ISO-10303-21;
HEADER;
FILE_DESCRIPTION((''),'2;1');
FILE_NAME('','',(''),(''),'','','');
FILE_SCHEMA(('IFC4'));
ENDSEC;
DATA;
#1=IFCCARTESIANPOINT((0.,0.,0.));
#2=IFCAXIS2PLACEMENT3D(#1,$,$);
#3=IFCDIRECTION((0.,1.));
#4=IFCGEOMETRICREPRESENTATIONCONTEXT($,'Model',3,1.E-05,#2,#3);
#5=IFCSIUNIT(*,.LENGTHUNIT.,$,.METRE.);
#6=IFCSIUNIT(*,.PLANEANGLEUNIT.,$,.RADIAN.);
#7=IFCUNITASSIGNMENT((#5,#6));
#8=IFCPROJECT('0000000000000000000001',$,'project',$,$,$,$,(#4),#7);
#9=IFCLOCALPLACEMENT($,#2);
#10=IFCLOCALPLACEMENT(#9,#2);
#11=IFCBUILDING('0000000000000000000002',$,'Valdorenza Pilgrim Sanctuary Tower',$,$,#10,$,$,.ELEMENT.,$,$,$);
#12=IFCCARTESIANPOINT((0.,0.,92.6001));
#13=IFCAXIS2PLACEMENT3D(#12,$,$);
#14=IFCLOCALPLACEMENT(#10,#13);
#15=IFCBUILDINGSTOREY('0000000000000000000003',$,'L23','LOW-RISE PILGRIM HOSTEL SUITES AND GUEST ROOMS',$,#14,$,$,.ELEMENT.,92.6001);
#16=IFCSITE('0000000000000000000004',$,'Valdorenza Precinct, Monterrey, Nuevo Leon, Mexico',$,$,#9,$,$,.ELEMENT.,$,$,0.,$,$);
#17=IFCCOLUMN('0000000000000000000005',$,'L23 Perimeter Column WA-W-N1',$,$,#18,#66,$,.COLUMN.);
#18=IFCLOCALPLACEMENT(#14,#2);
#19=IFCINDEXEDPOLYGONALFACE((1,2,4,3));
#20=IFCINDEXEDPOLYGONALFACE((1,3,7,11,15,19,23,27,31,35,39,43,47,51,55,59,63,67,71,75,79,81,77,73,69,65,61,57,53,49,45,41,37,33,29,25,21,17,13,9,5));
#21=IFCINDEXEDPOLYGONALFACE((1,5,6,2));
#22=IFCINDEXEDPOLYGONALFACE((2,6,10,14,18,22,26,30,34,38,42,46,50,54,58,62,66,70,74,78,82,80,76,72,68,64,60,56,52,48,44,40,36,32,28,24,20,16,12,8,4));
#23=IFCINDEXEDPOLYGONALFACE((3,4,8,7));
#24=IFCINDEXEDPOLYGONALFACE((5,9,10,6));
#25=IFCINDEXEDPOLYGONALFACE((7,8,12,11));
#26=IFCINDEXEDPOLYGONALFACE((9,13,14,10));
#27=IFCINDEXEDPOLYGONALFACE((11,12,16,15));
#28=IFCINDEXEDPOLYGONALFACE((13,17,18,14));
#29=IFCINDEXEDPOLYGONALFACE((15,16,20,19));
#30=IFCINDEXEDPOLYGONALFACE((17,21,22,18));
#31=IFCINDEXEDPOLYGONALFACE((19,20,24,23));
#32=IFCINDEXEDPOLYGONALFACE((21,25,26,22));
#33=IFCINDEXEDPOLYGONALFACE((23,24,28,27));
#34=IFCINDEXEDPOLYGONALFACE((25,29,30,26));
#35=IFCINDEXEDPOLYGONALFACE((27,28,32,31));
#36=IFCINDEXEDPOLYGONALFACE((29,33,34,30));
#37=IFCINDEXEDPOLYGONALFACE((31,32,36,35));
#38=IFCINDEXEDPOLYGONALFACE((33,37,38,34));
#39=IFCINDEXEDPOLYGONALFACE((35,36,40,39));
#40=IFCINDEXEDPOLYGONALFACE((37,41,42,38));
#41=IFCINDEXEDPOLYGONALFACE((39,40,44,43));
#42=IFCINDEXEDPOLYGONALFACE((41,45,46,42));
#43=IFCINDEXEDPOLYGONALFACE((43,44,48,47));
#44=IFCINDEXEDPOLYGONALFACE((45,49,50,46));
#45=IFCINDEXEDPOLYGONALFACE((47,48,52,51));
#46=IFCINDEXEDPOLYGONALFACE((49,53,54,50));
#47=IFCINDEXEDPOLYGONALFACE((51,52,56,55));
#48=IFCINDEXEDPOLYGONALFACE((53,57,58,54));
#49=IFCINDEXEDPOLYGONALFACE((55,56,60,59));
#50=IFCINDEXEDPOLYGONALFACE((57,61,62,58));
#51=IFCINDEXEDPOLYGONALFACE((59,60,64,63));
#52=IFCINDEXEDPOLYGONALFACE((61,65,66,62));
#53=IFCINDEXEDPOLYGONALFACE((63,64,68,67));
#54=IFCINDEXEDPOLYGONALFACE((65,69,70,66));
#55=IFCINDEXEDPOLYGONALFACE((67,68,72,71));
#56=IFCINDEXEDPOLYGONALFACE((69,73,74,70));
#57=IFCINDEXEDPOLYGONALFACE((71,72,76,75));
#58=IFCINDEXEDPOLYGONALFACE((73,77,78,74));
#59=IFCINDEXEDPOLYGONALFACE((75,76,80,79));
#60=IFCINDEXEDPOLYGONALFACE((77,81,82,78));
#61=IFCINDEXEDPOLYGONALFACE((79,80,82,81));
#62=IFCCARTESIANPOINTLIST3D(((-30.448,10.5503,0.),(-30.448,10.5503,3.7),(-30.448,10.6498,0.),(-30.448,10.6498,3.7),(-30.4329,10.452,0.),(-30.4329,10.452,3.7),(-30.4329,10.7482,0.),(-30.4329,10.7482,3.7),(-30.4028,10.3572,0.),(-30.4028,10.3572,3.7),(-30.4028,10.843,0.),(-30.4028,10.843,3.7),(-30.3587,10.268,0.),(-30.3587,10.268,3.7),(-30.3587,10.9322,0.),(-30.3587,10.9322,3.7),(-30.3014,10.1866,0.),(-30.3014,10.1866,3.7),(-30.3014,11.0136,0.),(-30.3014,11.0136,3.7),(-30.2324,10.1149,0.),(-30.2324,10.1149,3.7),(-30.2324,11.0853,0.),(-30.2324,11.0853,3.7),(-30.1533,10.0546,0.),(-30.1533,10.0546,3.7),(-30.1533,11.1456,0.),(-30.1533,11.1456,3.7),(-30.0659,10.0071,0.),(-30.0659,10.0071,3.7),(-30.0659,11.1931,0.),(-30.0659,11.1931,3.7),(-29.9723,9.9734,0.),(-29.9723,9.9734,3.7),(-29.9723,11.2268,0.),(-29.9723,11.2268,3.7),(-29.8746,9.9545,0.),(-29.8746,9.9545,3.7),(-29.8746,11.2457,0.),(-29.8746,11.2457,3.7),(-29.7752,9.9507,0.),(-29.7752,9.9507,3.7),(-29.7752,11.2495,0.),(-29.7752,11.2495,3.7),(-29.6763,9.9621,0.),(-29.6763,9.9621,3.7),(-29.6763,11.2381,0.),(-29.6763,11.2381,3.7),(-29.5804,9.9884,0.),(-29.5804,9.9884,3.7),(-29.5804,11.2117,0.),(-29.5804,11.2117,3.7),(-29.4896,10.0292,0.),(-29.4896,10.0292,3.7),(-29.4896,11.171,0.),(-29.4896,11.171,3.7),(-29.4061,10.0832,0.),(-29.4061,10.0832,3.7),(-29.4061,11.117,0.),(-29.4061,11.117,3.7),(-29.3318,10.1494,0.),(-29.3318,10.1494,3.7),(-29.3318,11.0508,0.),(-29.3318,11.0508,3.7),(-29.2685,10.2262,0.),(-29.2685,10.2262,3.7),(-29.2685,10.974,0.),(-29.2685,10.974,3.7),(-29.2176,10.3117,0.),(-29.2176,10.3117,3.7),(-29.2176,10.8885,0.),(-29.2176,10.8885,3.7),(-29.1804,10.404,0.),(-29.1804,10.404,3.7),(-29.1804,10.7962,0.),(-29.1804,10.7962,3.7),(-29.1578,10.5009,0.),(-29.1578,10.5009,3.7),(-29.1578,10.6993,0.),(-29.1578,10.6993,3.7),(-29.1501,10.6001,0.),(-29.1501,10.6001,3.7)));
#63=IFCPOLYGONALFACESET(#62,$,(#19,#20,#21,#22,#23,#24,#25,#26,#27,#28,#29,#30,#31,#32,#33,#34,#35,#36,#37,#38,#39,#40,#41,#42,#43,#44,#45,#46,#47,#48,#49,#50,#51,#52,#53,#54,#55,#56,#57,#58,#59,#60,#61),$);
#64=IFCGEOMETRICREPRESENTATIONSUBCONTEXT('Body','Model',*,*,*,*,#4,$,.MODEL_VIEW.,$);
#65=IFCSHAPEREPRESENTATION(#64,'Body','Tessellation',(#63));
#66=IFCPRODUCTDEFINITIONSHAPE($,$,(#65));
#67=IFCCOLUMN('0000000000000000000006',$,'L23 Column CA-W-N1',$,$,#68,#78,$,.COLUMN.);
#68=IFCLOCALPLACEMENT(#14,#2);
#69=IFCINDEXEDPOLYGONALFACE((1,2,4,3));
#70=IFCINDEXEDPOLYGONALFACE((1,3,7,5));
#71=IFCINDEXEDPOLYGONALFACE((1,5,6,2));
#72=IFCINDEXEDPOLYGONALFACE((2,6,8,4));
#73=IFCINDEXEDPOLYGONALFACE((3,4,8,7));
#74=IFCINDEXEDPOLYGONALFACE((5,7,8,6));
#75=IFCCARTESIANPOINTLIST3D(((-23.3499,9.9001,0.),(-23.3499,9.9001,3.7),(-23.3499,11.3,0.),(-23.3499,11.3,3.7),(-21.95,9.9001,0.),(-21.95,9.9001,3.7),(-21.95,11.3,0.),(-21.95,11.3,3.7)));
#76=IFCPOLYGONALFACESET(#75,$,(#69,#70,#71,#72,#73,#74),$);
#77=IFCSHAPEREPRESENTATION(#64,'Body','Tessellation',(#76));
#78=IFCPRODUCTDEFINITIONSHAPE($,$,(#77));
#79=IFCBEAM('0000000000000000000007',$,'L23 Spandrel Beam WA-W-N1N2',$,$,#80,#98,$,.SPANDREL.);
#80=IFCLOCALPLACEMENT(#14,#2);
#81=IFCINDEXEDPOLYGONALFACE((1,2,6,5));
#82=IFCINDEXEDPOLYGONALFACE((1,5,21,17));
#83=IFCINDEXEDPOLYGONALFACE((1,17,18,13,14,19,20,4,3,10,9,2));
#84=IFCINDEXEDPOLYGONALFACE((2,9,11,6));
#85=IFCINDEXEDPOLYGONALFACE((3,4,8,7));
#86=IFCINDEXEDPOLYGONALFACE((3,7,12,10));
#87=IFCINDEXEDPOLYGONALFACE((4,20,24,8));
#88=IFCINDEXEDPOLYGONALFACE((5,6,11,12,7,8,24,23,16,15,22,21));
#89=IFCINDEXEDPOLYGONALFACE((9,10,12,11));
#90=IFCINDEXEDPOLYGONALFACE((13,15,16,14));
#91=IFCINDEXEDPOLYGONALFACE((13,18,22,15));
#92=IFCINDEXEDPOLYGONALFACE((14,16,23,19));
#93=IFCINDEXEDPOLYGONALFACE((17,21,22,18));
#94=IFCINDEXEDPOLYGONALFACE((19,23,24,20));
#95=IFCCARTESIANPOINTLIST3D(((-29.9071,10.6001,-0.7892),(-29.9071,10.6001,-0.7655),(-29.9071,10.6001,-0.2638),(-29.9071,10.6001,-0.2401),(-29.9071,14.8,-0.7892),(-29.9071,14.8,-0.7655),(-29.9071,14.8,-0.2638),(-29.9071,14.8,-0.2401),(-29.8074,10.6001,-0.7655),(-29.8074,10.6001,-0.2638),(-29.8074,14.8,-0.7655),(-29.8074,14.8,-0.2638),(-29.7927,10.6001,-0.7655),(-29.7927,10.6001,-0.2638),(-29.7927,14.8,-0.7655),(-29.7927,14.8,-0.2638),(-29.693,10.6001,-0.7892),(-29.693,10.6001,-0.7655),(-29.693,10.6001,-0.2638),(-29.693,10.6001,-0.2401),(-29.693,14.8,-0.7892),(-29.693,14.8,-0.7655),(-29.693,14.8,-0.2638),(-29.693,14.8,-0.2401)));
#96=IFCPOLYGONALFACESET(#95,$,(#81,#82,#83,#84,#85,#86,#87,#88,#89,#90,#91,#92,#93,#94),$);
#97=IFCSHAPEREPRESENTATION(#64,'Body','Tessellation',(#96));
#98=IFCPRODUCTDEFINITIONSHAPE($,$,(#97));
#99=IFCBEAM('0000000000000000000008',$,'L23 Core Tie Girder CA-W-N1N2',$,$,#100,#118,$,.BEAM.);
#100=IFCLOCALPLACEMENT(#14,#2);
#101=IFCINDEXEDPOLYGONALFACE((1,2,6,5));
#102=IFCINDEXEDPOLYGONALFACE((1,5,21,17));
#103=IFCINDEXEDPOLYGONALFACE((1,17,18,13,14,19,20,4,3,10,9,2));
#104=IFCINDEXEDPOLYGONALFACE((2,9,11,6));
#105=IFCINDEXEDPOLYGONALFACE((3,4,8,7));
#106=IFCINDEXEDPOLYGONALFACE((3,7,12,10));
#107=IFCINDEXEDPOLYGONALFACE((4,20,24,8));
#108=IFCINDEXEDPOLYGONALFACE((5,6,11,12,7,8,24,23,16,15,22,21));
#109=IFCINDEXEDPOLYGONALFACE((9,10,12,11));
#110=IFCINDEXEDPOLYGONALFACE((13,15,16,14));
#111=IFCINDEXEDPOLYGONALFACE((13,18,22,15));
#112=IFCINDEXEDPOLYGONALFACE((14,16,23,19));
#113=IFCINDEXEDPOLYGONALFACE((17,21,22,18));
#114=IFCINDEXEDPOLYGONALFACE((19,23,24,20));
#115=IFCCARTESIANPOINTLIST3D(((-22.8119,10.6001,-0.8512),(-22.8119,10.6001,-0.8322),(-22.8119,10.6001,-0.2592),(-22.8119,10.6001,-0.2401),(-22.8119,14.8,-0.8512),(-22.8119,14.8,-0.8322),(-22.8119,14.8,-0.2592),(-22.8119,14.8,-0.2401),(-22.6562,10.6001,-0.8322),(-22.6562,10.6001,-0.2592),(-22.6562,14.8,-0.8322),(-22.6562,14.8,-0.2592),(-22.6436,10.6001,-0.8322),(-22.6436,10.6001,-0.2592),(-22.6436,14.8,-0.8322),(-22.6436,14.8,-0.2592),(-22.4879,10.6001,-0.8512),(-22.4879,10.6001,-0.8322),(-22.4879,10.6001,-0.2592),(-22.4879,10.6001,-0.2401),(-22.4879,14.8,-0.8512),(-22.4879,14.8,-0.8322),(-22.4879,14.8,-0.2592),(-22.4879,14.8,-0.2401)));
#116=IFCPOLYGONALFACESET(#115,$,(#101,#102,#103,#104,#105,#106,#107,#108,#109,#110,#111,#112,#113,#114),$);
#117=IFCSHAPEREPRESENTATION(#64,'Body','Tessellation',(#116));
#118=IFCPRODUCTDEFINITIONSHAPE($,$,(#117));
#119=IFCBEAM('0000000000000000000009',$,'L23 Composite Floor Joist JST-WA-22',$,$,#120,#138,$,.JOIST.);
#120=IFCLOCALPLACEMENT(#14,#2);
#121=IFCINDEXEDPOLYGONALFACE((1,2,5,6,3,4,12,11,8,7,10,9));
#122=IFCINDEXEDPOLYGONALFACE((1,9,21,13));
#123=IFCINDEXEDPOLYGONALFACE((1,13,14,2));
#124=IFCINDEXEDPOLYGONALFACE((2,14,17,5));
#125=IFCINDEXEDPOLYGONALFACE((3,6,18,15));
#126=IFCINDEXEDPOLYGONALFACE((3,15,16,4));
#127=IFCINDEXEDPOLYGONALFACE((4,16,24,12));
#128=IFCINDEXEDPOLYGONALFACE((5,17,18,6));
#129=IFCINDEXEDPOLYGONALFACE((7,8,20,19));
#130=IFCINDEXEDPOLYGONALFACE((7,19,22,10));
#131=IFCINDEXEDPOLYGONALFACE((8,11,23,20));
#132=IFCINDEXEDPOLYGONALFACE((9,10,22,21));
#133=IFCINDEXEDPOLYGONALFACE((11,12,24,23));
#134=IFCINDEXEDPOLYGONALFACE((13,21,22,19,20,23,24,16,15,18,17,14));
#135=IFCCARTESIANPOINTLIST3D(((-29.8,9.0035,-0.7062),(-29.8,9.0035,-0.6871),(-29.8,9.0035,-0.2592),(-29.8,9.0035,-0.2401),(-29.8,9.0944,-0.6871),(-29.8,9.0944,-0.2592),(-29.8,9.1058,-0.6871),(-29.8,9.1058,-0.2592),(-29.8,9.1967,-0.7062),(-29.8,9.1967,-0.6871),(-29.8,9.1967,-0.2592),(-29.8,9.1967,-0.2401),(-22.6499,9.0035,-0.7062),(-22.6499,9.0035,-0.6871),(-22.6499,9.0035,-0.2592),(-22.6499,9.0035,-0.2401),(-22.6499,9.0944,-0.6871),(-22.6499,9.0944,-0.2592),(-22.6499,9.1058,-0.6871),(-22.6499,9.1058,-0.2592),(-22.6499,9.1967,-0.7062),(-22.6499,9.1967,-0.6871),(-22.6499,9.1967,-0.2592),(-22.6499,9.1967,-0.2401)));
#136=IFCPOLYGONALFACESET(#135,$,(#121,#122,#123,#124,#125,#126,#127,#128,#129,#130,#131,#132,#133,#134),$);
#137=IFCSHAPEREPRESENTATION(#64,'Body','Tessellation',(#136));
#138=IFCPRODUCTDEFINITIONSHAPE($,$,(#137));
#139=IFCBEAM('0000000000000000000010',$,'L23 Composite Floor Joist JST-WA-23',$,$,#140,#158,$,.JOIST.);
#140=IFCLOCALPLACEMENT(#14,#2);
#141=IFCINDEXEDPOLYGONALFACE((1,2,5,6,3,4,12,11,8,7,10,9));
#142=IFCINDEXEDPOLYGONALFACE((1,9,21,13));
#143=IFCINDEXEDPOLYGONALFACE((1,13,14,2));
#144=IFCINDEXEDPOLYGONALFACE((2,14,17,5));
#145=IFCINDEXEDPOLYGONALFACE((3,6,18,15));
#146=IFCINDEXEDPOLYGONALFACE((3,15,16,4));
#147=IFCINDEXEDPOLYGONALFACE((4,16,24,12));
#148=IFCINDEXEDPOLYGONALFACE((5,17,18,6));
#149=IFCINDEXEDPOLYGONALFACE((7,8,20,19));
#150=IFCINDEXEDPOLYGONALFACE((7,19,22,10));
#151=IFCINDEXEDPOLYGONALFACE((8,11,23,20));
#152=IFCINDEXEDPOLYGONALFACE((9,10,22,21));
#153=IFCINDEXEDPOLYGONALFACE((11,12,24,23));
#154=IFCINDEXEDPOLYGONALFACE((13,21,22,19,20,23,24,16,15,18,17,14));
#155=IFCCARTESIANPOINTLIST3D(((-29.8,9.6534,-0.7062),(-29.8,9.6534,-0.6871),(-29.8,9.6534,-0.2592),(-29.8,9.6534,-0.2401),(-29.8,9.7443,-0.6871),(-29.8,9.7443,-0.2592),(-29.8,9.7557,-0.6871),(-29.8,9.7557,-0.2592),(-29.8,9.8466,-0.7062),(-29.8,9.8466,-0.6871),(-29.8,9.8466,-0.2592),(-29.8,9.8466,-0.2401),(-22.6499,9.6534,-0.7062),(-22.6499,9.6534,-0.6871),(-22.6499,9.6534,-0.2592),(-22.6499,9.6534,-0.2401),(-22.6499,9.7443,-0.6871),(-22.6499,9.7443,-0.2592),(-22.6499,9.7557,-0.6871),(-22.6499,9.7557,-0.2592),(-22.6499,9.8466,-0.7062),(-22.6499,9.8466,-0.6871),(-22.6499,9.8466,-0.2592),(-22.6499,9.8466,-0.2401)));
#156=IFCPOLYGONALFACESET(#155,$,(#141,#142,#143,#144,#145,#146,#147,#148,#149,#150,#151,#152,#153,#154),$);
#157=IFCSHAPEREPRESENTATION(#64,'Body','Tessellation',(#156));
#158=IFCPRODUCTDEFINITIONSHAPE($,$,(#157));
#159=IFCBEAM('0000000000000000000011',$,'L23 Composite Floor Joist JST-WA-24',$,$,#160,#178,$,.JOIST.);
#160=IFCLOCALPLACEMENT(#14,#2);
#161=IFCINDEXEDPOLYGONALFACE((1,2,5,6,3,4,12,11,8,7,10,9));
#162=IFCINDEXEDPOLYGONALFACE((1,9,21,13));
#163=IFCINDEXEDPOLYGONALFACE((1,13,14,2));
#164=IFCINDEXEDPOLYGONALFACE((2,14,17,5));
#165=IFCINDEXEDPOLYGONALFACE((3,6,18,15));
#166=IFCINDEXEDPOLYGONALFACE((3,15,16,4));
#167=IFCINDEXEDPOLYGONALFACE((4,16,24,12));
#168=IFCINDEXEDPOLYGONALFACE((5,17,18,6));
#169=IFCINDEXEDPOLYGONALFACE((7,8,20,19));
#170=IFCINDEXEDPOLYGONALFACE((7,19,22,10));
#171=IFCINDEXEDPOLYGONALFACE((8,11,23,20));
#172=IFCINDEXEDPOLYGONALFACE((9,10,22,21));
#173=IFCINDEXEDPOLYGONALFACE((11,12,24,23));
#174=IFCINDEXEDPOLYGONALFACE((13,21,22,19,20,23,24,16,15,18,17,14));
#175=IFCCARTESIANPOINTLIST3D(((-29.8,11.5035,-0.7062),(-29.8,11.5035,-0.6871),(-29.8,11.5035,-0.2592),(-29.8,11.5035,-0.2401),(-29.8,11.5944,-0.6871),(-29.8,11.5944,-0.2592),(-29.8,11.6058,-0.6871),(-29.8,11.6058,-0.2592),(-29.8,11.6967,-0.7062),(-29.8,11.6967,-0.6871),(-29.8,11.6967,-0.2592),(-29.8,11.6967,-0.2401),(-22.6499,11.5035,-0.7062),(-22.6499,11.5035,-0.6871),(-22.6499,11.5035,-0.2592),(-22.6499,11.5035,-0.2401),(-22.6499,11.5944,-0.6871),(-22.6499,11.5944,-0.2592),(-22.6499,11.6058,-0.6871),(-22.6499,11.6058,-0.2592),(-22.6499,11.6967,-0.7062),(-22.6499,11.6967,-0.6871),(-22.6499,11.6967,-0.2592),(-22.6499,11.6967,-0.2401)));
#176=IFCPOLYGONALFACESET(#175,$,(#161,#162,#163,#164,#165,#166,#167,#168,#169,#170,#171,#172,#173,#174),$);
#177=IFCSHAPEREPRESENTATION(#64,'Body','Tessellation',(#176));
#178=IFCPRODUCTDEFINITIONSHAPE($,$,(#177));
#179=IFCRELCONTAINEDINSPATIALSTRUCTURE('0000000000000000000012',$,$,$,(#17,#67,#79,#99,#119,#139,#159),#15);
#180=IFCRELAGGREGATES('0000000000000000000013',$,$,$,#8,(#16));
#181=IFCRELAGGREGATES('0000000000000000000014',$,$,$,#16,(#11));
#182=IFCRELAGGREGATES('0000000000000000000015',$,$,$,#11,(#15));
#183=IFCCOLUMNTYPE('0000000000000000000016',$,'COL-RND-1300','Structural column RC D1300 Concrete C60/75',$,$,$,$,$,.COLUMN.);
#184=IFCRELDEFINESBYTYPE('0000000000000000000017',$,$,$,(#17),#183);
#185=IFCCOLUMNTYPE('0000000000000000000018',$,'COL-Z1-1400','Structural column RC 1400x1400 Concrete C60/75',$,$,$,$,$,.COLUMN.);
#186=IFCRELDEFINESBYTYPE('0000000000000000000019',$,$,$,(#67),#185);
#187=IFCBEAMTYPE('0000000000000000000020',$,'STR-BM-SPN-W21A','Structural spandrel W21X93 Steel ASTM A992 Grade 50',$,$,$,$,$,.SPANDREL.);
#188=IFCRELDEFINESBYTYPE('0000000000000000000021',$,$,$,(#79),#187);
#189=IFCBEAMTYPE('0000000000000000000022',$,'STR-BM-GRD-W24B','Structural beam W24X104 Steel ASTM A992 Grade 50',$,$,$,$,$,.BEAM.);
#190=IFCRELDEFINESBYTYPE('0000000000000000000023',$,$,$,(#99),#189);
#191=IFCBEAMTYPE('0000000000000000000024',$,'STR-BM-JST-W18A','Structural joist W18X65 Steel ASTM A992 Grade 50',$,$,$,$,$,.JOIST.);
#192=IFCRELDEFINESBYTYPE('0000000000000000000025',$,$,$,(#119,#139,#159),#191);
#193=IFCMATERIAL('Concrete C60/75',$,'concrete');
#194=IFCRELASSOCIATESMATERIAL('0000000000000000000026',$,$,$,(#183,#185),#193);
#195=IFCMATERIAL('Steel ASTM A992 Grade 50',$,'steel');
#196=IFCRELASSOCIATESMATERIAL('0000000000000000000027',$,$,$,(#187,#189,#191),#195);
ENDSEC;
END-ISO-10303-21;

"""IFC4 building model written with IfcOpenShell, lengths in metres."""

from ifc_helpers import new_model, si_unit, direction, frame, origin, origin_2d, place, context, subcontext, project, spatial, rectangle, circle, i_section, extrude, source, transform, mapped, material, material_profile, profile_set, type_object, element, save


model = new_model("IFC4")

# Units and contexts
model_context = context("Model", 3, precision=1e-05, world=origin(), true_north=direction((0.0, 1.0)))
body_context = subcontext(model_context, "Body", "Model", "MODEL_VIEW")
ifc_project = project(units=[si_unit("LENGTHUNIT", "METRE"), si_unit("PLANEANGLEUNIT", "RADIAN")], contexts=[model_context])

# Site, building, storey
site_placement = place(None, origin())
site = spatial("IfcSite", under=ifc_project, at=site_placement, Name="Valdorenza Precinct, Monterrey, Nuevo Leon, Mexico", CompositionType="ELEMENT", RefElevation=0.0)
building_placement = place(site_placement, origin())
building = spatial("IfcBuilding", under=site, at=building_placement, Name="Valdorenza Pilgrim Sanctuary Tower", CompositionType="ELEMENT")
storey_placement = place(building_placement, frame((0.0, 0.0, 92.6001)))
storey = spatial("IfcBuildingStorey", under=building, at=storey_placement, Name="L23", Description="LOW-RISE PILGRIM HOSTEL SUITES AND GUEST ROOMS", CompositionType="ELEMENT", Elevation=92.6001)

# Columns
ifc_material_1 = material(Name="Concrete C60/75", Category="concrete")
ifc_material_profile_1 = material_profile(ifc_material_1, circle(Radius=0.6499, at=origin_2d()), Name="RC D1300")
ifc_profile_set_1 = profile_set([ifc_material_profile_1], Name="Concrete C60/75")
column_type_1 = type_object("IfcColumnType", Name="COL-RND-1300", Description="Structural column RC D1300 Concrete C60/75", PredefinedType="COLUMN", material=ifc_profile_set_1)
shared_shape_1 = source(origin(), body_context, "Body", "SweptSolid", [
    extrude(circle(Radius=0.6499, at=origin_2d()), origin(), (0.0, 0.0, 1.0), 3.7),
])
column_1_placement = place(storey_placement, frame((-29.8, 10.6001, 0.0), z_axis=(0.0, 0.0, 1.0), x_axis=(1.0, 0.0, 0.0)))
element("IfcColumn", 1, at=column_1_placement, inside=storey, type_object=column_type_1, Name="L23 Perimeter Column WA-W-N1", PredefinedType="COLUMN", context=body_context, shape_type="MappedRepresentation", body=[
    mapped(shared_shape_1, transform((0.0, 0.0, 0.0), x_axis=(1.0, 0.0, 0.0), y_axis=(0.0, 1.0, 0.0), z_axis=(0.0, 0.0, 1.0), scale=1.0)),
])
ifc_material_profile_2 = material_profile(ifc_material_1, rectangle(XDim=1.3999, YDim=1.3999, at=origin_2d()), Name="RC 1400x1400")
ifc_profile_set_2 = profile_set([ifc_material_profile_2], Name="Concrete C60/75")
column_type_2 = type_object("IfcColumnType", Name="COL-Z1-1400", Description="Structural column RC 1400x1400 Concrete C60/75", PredefinedType="COLUMN", material=ifc_profile_set_2)
shared_shape_2 = source(origin(), body_context, "Body", "SweptSolid", [
    extrude(rectangle(XDim=1.3999, YDim=1.3999, at=origin_2d()), origin(), (0.0, 0.0, 1.0), 3.7),
])
column_2_placement = place(storey_placement, frame((-22.6499, 10.6001, 0.0), z_axis=(0.0, 0.0, 1.0), x_axis=(1.0, 0.0, 0.0)))
element("IfcColumn", 2, at=column_2_placement, inside=storey, type_object=column_type_2, Name="L23 Column CA-W-N1", PredefinedType="COLUMN", context=body_context, shape_type="MappedRepresentation", body=[
    mapped(shared_shape_2, transform((0.0, 0.0, 0.0), x_axis=(1.0, 0.0, 0.0), y_axis=(0.0, 1.0, 0.0), z_axis=(0.0, 0.0, 1.0), scale=1.0)),
])

# Beams
ifc_material_2 = material(Name="Steel ASTM A992 Grade 50", Category="steel")
ifc_material_profile_3 = material_profile(ifc_material_2, i_section(OverallWidth=0.2141, OverallDepth=0.5491, WebThickness=0.0146, FlangeThickness=0.0237, at=origin_2d()), Name="W21X93")
ifc_profile_set_3 = profile_set([ifc_material_profile_3], Name="Steel ASTM A992 Grade 50")
beam_type_1 = type_object("IfcBeamType", Name="STR-BM-SPN-W21A", Description="Structural spandrel W21X93 Steel ASTM A992 Grade 50", PredefinedType="SPANDREL", material=ifc_profile_set_3)
shared_shape_3 = source(origin(), body_context, "Body", "SweptSolid", [
    extrude(i_section(OverallWidth=0.2141, OverallDepth=0.5491, WebThickness=0.0146, FlangeThickness=0.0237, at=origin_2d()), origin(), (0.0, 0.0, 1.0), 4.2),
])
beam_1_placement = place(storey_placement, frame((-29.8, 10.6001, -0.5146), z_axis=(0.0, 1.0, 0.0), x_axis=(-1.0, 0.0, 0.0)))
element("IfcBeam", 3, at=beam_1_placement, inside=storey, type_object=beam_type_1, Name="L23 Spandrel Beam WA-W-N1N2", PredefinedType="SPANDREL", context=body_context, shape_type="MappedRepresentation", body=[
    mapped(shared_shape_3, transform((0.0, 0.0, 0.0), x_axis=(1.0, 0.0, 0.0), y_axis=(0.0, 1.0, 0.0), z_axis=(0.0, 0.0, 1.0), scale=1.0)),
])
ifc_material_profile_4 = material_profile(ifc_material_2, i_section(OverallWidth=0.324, OverallDepth=0.6111, WebThickness=0.0127, FlangeThickness=0.019, at=origin_2d()), Name="W24X104")
ifc_profile_set_4 = profile_set([ifc_material_profile_4], Name="Steel ASTM A992 Grade 50")
beam_type_2 = type_object("IfcBeamType", Name="STR-BM-GRD-W24B", Description="Structural beam W24X104 Steel ASTM A992 Grade 50", PredefinedType="BEAM", material=ifc_profile_set_4)
shared_shape_4 = source(origin(), body_context, "Body", "SweptSolid", [
    extrude(i_section(OverallWidth=0.324, OverallDepth=0.6111, WebThickness=0.0127, FlangeThickness=0.019, at=origin_2d()), origin(), (0.0, 0.0, 1.0), 4.2),
])
beam_2_placement = place(storey_placement, frame((-22.6499, 10.6001, -0.5457), z_axis=(0.0, 1.0, 0.0), x_axis=(-1.0, 0.0, 0.0)))
element("IfcBeam", 4, at=beam_2_placement, inside=storey, type_object=beam_type_2, Name="L23 Core Tie Girder CA-W-N1N2", PredefinedType="BEAM", context=body_context, shape_type="MappedRepresentation", body=[
    mapped(shared_shape_4, transform((0.0, 0.0, 0.0), x_axis=(1.0, 0.0, 0.0), y_axis=(0.0, 1.0, 0.0), z_axis=(0.0, 0.0, 1.0), scale=1.0)),
])
ifc_material_profile_5 = material_profile(ifc_material_2, i_section(OverallWidth=0.1931, OverallDepth=0.4661, WebThickness=0.0115, FlangeThickness=0.019, at=origin_2d()), Name="W18X65")
ifc_profile_set_5 = profile_set([ifc_material_profile_5], Name="Steel ASTM A992 Grade 50")
beam_type_3 = type_object("IfcBeamType", Name="STR-BM-JST-W18A", Description="Structural joist W18X65 Steel ASTM A992 Grade 50", PredefinedType="JOIST", material=ifc_profile_set_5)
shared_shape_5 = source(origin(), body_context, "Body", "SweptSolid", [
    extrude(i_section(OverallWidth=0.1931, OverallDepth=0.4661, WebThickness=0.0115, FlangeThickness=0.019, at=origin_2d()), origin(), (0.0, 0.0, 1.0), 7.1501),
])
for number, where, z_axis, x_axis, name in (
    (5, (-29.8, 9.1001, -0.4731), (1.0, 0.0, 0.0), (0.0, 1.0, 0.0), "L23 Composite Floor Joist JST-WA-22"),
    (6, (-29.8, 9.75, -0.4731), (1.0, 0.0, 0.0), (0.0, 1.0, 0.0), "L23 Composite Floor Joist JST-WA-23"),
    (7, (-29.8, 11.6001, -0.4731), (1.0, 0.0, 0.0), (0.0, 1.0, 0.0), "L23 Composite Floor Joist JST-WA-24"),
):
    element("IfcBeam", number, at=place(storey_placement, frame(where, z_axis=z_axis, x_axis=x_axis)), inside=storey, type_object=beam_type_3, Name=name, PredefinedType="JOIST", context=body_context, shape_type="MappedRepresentation", body=[
        mapped(shared_shape_5, transform((0.0, 0.0, 0.0), x_axis=(1.0, 0.0, 0.0), y_axis=(0.0, 1.0, 0.0), z_axis=(0.0, 0.0, 1.0), scale=1.0)),
    ])

save(model, "model.ifc")
